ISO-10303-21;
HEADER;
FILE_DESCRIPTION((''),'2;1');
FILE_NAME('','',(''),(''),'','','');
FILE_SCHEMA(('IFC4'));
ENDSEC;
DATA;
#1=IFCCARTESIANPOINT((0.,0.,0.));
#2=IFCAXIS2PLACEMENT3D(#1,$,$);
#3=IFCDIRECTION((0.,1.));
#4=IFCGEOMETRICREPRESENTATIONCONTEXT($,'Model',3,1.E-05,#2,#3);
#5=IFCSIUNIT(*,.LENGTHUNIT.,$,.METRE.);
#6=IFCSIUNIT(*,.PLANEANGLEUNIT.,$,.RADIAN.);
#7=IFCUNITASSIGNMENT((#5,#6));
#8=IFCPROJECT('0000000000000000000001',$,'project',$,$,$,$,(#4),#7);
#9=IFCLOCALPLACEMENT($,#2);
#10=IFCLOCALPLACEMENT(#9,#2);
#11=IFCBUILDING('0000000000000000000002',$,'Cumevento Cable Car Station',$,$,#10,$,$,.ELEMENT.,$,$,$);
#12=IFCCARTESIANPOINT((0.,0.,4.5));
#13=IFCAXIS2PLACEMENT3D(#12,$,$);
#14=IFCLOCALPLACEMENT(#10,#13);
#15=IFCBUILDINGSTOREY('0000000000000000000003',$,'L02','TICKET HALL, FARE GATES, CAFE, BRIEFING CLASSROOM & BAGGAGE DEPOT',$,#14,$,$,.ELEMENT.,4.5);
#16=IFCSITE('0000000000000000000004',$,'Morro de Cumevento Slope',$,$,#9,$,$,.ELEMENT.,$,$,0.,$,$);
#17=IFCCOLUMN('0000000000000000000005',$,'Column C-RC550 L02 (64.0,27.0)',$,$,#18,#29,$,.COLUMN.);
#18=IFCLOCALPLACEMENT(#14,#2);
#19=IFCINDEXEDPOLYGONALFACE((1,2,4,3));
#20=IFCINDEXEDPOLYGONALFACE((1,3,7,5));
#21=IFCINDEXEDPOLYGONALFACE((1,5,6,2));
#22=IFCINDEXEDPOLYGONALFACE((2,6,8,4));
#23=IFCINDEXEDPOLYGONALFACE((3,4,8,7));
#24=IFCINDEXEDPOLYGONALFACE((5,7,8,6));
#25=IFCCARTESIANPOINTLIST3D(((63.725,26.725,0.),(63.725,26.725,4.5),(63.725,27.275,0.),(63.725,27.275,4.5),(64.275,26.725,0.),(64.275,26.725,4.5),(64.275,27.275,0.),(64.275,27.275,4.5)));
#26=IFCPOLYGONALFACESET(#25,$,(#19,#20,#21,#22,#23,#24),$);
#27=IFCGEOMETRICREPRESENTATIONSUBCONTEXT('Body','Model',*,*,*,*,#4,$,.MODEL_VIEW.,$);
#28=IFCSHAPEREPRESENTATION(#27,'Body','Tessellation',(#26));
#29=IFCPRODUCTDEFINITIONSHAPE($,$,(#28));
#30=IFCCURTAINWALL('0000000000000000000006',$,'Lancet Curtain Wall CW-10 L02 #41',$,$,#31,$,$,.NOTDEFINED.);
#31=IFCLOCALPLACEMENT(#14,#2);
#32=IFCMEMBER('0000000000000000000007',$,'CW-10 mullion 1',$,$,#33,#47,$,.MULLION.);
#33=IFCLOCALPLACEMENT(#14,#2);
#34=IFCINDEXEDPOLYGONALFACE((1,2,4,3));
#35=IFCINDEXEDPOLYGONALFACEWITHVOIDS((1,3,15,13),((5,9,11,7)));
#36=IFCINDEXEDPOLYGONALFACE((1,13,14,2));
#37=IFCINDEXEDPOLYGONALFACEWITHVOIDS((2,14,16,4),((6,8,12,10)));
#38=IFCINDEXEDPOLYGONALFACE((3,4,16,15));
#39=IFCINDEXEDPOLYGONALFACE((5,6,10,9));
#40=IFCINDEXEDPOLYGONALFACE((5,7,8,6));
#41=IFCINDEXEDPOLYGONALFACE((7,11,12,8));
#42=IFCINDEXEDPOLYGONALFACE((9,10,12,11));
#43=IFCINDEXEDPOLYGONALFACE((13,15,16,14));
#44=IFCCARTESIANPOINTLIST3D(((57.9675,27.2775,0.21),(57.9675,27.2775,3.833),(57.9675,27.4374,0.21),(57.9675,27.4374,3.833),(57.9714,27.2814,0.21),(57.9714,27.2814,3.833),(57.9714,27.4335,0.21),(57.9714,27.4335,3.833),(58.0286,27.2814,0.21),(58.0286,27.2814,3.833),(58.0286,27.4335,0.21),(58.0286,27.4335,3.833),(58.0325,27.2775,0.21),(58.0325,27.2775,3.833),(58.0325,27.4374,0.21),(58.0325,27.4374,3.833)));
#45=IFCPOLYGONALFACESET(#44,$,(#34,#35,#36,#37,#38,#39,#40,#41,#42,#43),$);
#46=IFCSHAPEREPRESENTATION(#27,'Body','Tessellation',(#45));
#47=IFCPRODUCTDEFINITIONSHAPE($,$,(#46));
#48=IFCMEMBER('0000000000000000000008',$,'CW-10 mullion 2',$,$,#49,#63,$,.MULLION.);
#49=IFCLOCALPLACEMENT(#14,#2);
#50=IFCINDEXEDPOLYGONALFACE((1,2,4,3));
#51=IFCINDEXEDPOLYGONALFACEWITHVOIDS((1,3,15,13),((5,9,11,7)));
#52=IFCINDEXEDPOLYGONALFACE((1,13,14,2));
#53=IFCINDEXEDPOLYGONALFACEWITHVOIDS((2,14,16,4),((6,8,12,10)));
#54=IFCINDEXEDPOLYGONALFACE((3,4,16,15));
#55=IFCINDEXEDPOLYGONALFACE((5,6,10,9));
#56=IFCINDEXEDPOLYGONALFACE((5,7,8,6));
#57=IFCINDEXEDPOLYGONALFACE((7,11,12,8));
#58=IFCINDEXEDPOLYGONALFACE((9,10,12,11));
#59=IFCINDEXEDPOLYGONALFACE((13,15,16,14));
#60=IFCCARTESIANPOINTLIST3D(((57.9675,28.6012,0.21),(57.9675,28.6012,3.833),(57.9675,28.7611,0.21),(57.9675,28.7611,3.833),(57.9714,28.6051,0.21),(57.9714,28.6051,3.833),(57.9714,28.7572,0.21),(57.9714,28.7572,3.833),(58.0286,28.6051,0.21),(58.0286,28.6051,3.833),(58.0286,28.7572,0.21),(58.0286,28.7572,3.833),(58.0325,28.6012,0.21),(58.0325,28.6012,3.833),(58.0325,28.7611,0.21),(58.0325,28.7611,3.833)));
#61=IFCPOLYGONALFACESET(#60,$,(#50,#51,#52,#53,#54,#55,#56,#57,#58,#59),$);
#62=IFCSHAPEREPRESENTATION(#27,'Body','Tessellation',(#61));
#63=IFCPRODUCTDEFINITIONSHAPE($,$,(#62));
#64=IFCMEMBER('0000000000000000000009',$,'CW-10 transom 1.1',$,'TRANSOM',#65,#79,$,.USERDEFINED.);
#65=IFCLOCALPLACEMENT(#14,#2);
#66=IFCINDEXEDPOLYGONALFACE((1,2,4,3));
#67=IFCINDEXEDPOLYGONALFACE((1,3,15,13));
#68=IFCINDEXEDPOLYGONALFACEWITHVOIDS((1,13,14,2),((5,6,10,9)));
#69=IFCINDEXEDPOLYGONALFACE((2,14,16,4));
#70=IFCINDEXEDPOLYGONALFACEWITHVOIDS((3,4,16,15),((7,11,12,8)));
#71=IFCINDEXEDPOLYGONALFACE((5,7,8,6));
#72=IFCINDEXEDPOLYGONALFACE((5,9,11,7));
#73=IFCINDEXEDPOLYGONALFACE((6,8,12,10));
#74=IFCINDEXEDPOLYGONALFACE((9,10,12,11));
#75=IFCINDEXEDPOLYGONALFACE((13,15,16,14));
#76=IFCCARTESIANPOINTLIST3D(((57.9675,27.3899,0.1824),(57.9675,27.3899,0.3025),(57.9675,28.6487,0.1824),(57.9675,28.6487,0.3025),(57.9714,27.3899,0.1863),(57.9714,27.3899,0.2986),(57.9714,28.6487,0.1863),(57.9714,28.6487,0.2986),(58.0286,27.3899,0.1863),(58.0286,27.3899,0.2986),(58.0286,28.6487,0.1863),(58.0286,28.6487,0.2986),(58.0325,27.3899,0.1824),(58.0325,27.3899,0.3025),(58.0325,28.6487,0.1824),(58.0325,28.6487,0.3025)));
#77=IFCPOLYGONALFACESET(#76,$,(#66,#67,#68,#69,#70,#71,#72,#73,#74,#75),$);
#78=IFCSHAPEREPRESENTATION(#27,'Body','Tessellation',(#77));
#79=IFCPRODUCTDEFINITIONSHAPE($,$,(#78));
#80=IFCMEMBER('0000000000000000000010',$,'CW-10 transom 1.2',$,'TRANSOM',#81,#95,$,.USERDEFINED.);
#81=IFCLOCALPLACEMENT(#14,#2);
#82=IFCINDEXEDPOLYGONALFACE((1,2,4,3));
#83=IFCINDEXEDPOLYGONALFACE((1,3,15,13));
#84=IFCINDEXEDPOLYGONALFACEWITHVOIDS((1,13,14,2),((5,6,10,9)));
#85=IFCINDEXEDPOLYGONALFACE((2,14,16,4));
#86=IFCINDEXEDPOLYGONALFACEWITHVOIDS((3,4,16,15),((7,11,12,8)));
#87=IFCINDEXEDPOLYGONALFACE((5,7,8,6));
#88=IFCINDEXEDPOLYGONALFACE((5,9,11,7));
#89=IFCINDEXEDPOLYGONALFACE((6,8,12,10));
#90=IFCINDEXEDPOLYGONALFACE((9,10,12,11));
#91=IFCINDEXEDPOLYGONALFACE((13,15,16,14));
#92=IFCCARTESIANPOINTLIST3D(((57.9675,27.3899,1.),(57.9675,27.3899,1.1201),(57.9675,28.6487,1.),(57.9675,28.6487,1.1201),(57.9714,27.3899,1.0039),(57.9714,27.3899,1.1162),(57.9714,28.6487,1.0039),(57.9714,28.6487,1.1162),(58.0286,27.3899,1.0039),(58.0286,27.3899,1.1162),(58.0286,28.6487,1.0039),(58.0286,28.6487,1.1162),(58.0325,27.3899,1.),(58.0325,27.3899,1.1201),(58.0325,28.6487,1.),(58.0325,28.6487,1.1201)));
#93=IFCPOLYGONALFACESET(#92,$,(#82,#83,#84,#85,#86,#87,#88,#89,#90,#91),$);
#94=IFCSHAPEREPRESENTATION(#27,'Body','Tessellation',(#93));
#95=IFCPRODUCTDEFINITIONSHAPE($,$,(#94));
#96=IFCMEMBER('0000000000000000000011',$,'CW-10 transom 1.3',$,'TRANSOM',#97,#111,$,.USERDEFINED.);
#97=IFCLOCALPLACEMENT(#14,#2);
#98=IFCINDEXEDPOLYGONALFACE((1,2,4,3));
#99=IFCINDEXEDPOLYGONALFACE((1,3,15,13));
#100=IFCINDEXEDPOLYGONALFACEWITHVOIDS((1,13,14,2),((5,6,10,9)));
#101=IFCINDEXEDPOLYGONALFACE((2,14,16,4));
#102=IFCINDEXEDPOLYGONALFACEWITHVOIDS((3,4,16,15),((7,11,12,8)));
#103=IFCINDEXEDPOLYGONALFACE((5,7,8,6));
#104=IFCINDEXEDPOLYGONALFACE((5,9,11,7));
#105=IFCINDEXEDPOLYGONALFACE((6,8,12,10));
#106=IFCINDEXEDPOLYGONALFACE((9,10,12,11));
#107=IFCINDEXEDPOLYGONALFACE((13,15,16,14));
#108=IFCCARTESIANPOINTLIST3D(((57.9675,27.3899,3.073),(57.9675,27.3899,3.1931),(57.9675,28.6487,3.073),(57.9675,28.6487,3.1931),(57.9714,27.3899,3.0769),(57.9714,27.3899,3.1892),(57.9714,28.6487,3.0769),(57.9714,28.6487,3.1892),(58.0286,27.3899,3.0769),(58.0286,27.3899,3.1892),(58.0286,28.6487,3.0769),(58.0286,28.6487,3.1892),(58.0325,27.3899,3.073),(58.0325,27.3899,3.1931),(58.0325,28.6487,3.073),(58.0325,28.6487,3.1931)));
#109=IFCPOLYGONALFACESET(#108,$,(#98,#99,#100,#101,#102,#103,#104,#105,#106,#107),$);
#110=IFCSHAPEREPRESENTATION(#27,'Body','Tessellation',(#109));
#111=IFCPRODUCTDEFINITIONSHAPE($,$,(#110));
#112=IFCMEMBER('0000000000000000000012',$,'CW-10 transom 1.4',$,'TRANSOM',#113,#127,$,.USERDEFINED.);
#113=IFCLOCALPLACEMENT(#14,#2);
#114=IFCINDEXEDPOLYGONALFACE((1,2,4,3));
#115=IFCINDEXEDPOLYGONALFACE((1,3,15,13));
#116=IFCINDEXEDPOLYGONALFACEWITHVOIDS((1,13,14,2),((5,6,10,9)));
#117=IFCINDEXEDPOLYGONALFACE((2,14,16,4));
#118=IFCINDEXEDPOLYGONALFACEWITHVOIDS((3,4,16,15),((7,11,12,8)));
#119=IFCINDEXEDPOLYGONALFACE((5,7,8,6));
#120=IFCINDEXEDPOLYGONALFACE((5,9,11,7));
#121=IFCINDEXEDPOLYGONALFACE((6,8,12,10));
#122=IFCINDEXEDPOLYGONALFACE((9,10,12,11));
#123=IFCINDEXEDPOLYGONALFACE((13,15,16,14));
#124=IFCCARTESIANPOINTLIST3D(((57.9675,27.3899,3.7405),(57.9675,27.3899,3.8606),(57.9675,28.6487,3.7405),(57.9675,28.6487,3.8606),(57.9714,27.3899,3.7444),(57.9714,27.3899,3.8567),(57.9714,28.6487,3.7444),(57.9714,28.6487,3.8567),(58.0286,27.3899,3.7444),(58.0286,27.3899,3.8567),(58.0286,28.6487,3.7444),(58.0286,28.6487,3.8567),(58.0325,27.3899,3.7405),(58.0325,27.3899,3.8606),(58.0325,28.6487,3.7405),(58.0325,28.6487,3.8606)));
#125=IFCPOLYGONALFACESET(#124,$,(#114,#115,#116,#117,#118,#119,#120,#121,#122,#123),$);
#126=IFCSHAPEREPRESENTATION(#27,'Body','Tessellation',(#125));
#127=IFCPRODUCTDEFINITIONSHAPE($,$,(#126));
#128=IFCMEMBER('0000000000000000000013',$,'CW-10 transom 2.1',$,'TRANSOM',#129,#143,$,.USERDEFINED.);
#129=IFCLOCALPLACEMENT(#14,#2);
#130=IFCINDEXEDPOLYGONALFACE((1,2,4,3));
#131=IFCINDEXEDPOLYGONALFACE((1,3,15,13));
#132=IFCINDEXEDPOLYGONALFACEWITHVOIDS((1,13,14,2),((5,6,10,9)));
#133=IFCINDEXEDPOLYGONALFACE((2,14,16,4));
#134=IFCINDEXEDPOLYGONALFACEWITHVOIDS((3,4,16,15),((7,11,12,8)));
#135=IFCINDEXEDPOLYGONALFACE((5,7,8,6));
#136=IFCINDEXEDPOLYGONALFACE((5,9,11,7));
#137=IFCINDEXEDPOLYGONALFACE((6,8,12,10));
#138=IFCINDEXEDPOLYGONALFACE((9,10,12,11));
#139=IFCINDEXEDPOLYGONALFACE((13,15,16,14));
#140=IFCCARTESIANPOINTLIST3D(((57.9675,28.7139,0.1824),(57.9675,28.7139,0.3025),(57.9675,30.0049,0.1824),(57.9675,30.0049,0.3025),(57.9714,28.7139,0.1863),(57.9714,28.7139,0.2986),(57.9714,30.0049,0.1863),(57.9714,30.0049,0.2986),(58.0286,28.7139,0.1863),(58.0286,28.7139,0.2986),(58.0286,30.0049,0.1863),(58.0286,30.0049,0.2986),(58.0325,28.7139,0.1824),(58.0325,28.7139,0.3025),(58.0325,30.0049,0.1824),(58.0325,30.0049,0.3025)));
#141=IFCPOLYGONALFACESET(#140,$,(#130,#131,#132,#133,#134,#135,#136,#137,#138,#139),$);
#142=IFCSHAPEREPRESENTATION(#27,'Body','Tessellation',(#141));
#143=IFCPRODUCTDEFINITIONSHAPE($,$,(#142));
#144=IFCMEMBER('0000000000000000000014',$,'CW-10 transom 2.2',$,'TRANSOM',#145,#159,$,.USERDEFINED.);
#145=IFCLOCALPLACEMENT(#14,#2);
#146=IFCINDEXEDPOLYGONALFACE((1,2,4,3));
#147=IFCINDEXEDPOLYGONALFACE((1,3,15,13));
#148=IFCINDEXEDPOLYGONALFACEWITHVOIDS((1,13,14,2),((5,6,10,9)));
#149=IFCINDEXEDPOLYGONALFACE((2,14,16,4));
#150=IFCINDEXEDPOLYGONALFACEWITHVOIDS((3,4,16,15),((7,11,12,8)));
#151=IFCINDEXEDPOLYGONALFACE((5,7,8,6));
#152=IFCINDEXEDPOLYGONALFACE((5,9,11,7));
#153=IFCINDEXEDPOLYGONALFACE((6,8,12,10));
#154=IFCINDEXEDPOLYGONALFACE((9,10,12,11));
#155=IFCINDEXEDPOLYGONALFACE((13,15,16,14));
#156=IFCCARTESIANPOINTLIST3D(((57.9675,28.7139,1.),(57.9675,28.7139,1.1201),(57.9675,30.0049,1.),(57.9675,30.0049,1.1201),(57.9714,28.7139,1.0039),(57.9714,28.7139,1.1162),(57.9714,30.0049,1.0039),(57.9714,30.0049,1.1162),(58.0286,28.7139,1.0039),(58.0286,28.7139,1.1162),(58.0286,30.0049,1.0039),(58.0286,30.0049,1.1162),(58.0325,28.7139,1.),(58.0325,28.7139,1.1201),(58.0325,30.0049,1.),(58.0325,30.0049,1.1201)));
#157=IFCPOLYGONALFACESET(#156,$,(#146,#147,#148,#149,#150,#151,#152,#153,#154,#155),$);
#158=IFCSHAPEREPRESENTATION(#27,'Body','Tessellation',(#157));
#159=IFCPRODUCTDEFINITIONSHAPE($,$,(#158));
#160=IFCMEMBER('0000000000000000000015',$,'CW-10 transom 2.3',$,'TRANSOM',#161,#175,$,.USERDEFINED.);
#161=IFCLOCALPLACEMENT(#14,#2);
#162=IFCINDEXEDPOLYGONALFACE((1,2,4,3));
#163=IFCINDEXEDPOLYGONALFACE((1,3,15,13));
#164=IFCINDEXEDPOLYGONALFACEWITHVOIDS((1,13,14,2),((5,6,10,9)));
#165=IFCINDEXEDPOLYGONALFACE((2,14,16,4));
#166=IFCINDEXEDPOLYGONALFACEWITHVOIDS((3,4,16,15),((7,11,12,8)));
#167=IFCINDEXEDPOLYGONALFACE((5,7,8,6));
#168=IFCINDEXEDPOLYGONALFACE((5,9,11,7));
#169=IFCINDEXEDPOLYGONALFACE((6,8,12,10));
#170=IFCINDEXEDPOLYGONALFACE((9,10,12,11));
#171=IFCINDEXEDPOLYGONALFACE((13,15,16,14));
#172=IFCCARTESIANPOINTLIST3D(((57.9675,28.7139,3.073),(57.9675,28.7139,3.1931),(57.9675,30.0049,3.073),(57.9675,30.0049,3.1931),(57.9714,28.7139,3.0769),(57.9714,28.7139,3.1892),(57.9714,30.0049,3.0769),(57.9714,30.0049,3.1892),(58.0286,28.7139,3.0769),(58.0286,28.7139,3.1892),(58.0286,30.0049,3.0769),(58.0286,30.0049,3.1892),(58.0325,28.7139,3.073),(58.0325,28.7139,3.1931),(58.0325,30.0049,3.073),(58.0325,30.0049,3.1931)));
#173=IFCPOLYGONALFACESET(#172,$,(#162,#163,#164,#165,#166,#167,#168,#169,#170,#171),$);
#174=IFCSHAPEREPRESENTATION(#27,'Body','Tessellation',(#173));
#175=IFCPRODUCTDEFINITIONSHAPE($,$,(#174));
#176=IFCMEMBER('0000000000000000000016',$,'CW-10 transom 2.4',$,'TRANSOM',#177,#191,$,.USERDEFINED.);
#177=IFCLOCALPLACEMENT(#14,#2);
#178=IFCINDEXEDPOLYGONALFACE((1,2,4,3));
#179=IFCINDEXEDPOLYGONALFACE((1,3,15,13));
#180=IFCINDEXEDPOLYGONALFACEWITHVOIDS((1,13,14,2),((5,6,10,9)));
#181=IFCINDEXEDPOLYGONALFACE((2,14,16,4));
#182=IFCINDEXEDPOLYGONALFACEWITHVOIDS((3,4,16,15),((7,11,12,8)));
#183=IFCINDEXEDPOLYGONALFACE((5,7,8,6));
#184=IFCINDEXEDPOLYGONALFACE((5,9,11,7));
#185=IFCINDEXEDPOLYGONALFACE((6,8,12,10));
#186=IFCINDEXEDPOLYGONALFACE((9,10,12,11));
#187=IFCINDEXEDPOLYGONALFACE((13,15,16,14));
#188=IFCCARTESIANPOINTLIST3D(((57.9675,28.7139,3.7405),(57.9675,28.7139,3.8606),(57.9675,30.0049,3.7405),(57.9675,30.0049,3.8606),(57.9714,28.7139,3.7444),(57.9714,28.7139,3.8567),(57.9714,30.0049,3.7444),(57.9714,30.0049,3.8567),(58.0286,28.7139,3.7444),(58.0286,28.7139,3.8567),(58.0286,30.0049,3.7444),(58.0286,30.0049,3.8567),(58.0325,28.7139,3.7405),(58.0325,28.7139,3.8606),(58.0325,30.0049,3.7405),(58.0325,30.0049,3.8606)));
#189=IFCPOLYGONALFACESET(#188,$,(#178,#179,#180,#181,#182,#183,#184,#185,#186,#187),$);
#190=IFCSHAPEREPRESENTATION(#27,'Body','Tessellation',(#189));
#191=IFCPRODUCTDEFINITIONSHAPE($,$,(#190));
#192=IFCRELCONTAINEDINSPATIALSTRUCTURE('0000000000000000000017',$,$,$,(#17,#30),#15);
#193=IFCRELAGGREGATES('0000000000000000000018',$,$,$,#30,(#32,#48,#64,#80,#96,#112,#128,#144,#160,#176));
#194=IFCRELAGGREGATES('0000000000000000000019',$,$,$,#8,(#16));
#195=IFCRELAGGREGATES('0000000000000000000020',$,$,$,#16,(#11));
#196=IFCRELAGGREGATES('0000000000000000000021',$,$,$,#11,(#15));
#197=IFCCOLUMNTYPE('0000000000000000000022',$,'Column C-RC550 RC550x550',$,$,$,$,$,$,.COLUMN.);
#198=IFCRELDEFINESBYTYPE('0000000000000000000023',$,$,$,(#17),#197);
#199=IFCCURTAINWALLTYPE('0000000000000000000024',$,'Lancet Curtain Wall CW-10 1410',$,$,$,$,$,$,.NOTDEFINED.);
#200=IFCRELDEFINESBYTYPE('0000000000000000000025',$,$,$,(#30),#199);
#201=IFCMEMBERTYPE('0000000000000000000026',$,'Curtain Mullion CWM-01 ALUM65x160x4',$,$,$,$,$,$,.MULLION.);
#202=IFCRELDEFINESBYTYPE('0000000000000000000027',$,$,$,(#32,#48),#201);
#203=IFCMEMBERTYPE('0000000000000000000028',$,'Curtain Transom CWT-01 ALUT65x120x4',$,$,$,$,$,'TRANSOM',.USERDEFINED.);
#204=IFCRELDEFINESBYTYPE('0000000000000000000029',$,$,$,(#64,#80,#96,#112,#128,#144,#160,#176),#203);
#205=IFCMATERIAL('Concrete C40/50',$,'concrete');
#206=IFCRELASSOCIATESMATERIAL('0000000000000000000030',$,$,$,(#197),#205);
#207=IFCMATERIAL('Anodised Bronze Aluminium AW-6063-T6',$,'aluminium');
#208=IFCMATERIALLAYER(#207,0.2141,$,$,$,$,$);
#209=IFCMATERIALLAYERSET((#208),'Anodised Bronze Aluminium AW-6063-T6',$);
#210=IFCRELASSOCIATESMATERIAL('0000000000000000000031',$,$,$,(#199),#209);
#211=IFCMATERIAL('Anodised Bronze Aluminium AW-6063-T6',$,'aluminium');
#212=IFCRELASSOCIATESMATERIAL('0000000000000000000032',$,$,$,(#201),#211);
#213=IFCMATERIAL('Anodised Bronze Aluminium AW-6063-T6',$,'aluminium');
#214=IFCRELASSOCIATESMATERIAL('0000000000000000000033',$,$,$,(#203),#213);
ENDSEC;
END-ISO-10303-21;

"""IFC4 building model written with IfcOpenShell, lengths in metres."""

from ifc_helpers import new_model, si_unit, direction, frame, origin, origin_2d, place, context, subcontext, project, spatial, rectangle, hollow_rectangle, extrude, material, layer, layer_set, material_profile, profile_set, type_object, element, aggregate, save


model = new_model("IFC4")

# Units and contexts
model_context = context("Model", 3, precision=1e-05, world=origin(), true_north=direction((0.0, 1.0)))
body_context = subcontext(model_context, "Body", "Model", "MODEL_VIEW")
ifc_project = project(units=[si_unit("LENGTHUNIT", "METRE"), si_unit("PLANEANGLEUNIT", "RADIAN")], contexts=[model_context])

# Site, building, storey
site_placement = place(None, origin())
site = spatial("IfcSite", under=ifc_project, at=site_placement, Name="Morro de Cumevento Slope", CompositionType="ELEMENT", RefElevation=0.0)
building_placement = place(site_placement, origin())
building = spatial("IfcBuilding", under=site, at=building_placement, Name="Cumevento Cable Car Station", CompositionType="ELEMENT")
storey_placement = place(building_placement, frame((0.0, 0.0, 4.5)))
storey = spatial("IfcBuildingStorey", under=building, at=storey_placement, Name="L02", Description="TICKET HALL, FARE GATES, CAFE, BRIEFING CLASSROOM & BAGGAGE DEPOT", CompositionType="ELEMENT", Elevation=4.5)

# Column
ifc_material_1 = material(Name="Concrete C40/50", Category="concrete")
ifc_material_profile_1 = material_profile(ifc_material_1, rectangle(XDim=0.55, YDim=0.55, at=origin_2d()), Name="RC550x550")
ifc_profile_set_1 = profile_set([ifc_material_profile_1], Name="Concrete C40/50")
column_type = type_object("IfcColumnType", Name="Column C-RC550 RC550x550", PredefinedType="COLUMN", material=ifc_profile_set_1)
column_placement = place(storey_placement, frame((64.0, 27.0, 0.0), z_axis=(0.0, 0.0, 1.0), x_axis=(1.0, 0.0, 0.0)))
element("IfcColumn", 1, at=column_placement, inside=storey, type_object=column_type, Name="Column C-RC550 L02 (64.0,27.0)", PredefinedType="COLUMN", context=body_context, shape_type="SweptSolid", body=[
    extrude(rectangle(XDim=0.55, YDim=0.55, at=origin_2d()), origin(), (0.0, 0.0, 1.0), 4.5),
])

# Curtain wall, members
ifc_material_2 = material(Name="Anodised Bronze Aluminium AW-6063-T6", Category="aluminium")
ifc_layer_1 = layer(ifc_material_2, 0.2141)
ifc_layer_set_1 = layer_set([ifc_layer_1], Name="Anodised Bronze Aluminium AW-6063-T6")
curtain_wall_type = type_object("IfcCurtainWallType", Name="Lancet Curtain Wall CW-10 1410", PredefinedType="NOTDEFINED", material=ifc_layer_set_1)
curtain_wall_placement = place(storey_placement, origin())
curtain_wall = element("IfcCurtainWall", 2, at=curtain_wall_placement, inside=storey, type_object=curtain_wall_type, Name="Lancet Curtain Wall CW-10 L02 #41", PredefinedType="NOTDEFINED")
ifc_material_3 = material(Name="Anodised Bronze Aluminium AW-6063-T6", Category="aluminium")
ifc_material_profile_2 = material_profile(ifc_material_3, hollow_rectangle(XDim=0.0649, YDim=0.1599, WallThickness=0.0039, at=origin_2d()), Name="ALUM65x160x4")
ifc_profile_set_2 = profile_set([ifc_material_profile_2], Name="Anodised Bronze Aluminium AW-6063-T6")
member_type_1 = type_object("IfcMemberType", Name="Curtain Mullion CWM-01 ALUM65x160x4", PredefinedType="MULLION", material=ifc_profile_set_2)
member_1_placement = place(storey_placement, frame((58.0, 27.3574, 0.21), z_axis=(0.0, 0.0, 1.0), x_axis=(-1.0, 0.0, 0.0)))
member_1 = element("IfcMember", 3, at=member_1_placement, type_object=member_type_1, Name="CW-10 mullion 1", PredefinedType="MULLION", context=body_context, shape_type="SweptSolid", body=[
    extrude(hollow_rectangle(XDim=0.0649, YDim=0.1599, WallThickness=0.0039, at=origin_2d()), origin(), (0.0, 0.0, 1.0), 3.623),
])
member_2_placement = place(storey_placement, frame((58.0, 28.6812, 0.21), z_axis=(0.0, 0.0, 1.0), x_axis=(-1.0, 0.0, 0.0)))
member_2 = element("IfcMember", 4, at=member_2_placement, type_object=member_type_1, Name="CW-10 mullion 2", PredefinedType="MULLION", context=body_context, shape_type="SweptSolid", body=[
    extrude(hollow_rectangle(XDim=0.0649, YDim=0.1599, WallThickness=0.0039, at=origin_2d()), origin(), (0.0, 0.0, 1.0), 3.623),
])
ifc_material_4 = material(Name="Anodised Bronze Aluminium AW-6063-T6", Category="aluminium")
ifc_material_profile_3 = material_profile(ifc_material_4, hollow_rectangle(XDim=0.0649, YDim=0.1201, WallThickness=0.0039, at=origin_2d()), Name="ALUT65x120x4")
ifc_profile_set_3 = profile_set([ifc_material_profile_3], Name="Anodised Bronze Aluminium AW-6063-T6")
member_type_2 = type_object("IfcMemberType", Name="Curtain Transom CWT-01 ALUT65x120x4", ElementType="TRANSOM", PredefinedType="USERDEFINED", material=ifc_profile_set_3)
member_3_placement = place(storey_placement, frame((58.0, 27.3899, 0.2424), z_axis=(0.0, 1.0, 0.0), x_axis=(-1.0, 0.0, 0.0)))
member_3 = element("IfcMember", 5, at=member_3_placement, type_object=member_type_2, Name="CW-10 transom 1.1", ObjectType="TRANSOM", PredefinedType="USERDEFINED", context=body_context, shape_type="SweptSolid", body=[
    extrude(hollow_rectangle(XDim=0.0649, YDim=0.1201, WallThickness=0.0039, at=origin_2d()), origin(), (0.0, 0.0, 1.0), 1.2588),
])
member_4_placement = place(storey_placement, frame((58.0, 27.3899, 1.0601), z_axis=(0.0, 1.0, 0.0), x_axis=(-1.0, 0.0, 0.0)))
member_4 = element("IfcMember", 6, at=member_4_placement, type_object=member_type_2, Name="CW-10 transom 1.2", ObjectType="TRANSOM", PredefinedType="USERDEFINED", context=body_context, shape_type="SweptSolid", body=[
    extrude(hollow_rectangle(XDim=0.0649, YDim=0.1201, WallThickness=0.0039, at=origin_2d()), origin(), (0.0, 0.0, 1.0), 1.2588),
])
member_5_placement = place(storey_placement, frame((58.0, 27.3899, 3.1331), z_axis=(0.0, 1.0, 0.0), x_axis=(-1.0, 0.0, 0.0)))
member_5 = element("IfcMember", 7, at=member_5_placement, type_object=member_type_2, Name="CW-10 transom 1.3", ObjectType="TRANSOM", PredefinedType="USERDEFINED", context=body_context, shape_type="SweptSolid", body=[
    extrude(hollow_rectangle(XDim=0.0649, YDim=0.1201, WallThickness=0.0039, at=origin_2d()), origin(), (0.0, 0.0, 1.0), 1.2588),
])
member_6_placement = place(storey_placement, frame((58.0, 27.3899, 3.8005), z_axis=(0.0, 1.0, 0.0), x_axis=(-1.0, 0.0, 0.0)))
member_6 = element("IfcMember", 8, at=member_6_placement, type_object=member_type_2, Name="CW-10 transom 1.4", ObjectType="TRANSOM", PredefinedType="USERDEFINED", context=body_context, shape_type="SweptSolid", body=[
    extrude(hollow_rectangle(XDim=0.0649, YDim=0.1201, WallThickness=0.0039, at=origin_2d()), origin(), (0.0, 0.0, 1.0), 1.2588),
])
member_7_placement = place(storey_placement, frame((58.0, 28.7139, 0.2424), z_axis=(0.0, 1.0, 0.0), x_axis=(-1.0, 0.0, 0.0)))
member_7 = element("IfcMember", 9, at=member_7_placement, type_object=member_type_2, Name="CW-10 transom 2.1", ObjectType="TRANSOM", PredefinedType="USERDEFINED", context=body_context, shape_type="SweptSolid", body=[
    extrude(hollow_rectangle(XDim=0.0649, YDim=0.1201, WallThickness=0.0039, at=origin_2d()), origin(), (0.0, 0.0, 1.0), 1.291),
])
member_8_placement = place(storey_placement, frame((58.0, 28.7139, 1.0601), z_axis=(0.0, 1.0, 0.0), x_axis=(-1.0, 0.0, 0.0)))
member_8 = element("IfcMember", 10, at=member_8_placement, type_object=member_type_2, Name="CW-10 transom 2.2", ObjectType="TRANSOM", PredefinedType="USERDEFINED", context=body_context, shape_type="SweptSolid", body=[
    extrude(hollow_rectangle(XDim=0.0649, YDim=0.1201, WallThickness=0.0039, at=origin_2d()), origin(), (0.0, 0.0, 1.0), 1.291),
])
member_9_placement = place(storey_placement, frame((58.0, 28.7139, 3.1331), z_axis=(0.0, 1.0, 0.0), x_axis=(-1.0, 0.0, 0.0)))
member_9 = element("IfcMember", 11, at=member_9_placement, type_object=member_type_2, Name="CW-10 transom 2.3", ObjectType="TRANSOM", PredefinedType="USERDEFINED", context=body_context, shape_type="SweptSolid", body=[
    extrude(hollow_rectangle(XDim=0.0649, YDim=0.1201, WallThickness=0.0039, at=origin_2d()), origin(), (0.0, 0.0, 1.0), 1.291),
])
member_10_placement = place(storey_placement, frame((58.0, 28.7139, 3.8005), z_axis=(0.0, 1.0, 0.0), x_axis=(-1.0, 0.0, 0.0)))
member_10 = element("IfcMember", 12, at=member_10_placement, type_object=member_type_2, Name="CW-10 transom 2.4", ObjectType="TRANSOM", PredefinedType="USERDEFINED", context=body_context, shape_type="SweptSolid", body=[
    extrude(hollow_rectangle(XDim=0.0649, YDim=0.1201, WallThickness=0.0039, at=origin_2d()), origin(), (0.0, 0.0, 1.0), 1.291),
])

aggregate(curtain_wall, [member_1, member_2, member_3, member_4, member_5, member_6, member_7, member_8, member_9, member_10])

save(model, "model.ifc")
